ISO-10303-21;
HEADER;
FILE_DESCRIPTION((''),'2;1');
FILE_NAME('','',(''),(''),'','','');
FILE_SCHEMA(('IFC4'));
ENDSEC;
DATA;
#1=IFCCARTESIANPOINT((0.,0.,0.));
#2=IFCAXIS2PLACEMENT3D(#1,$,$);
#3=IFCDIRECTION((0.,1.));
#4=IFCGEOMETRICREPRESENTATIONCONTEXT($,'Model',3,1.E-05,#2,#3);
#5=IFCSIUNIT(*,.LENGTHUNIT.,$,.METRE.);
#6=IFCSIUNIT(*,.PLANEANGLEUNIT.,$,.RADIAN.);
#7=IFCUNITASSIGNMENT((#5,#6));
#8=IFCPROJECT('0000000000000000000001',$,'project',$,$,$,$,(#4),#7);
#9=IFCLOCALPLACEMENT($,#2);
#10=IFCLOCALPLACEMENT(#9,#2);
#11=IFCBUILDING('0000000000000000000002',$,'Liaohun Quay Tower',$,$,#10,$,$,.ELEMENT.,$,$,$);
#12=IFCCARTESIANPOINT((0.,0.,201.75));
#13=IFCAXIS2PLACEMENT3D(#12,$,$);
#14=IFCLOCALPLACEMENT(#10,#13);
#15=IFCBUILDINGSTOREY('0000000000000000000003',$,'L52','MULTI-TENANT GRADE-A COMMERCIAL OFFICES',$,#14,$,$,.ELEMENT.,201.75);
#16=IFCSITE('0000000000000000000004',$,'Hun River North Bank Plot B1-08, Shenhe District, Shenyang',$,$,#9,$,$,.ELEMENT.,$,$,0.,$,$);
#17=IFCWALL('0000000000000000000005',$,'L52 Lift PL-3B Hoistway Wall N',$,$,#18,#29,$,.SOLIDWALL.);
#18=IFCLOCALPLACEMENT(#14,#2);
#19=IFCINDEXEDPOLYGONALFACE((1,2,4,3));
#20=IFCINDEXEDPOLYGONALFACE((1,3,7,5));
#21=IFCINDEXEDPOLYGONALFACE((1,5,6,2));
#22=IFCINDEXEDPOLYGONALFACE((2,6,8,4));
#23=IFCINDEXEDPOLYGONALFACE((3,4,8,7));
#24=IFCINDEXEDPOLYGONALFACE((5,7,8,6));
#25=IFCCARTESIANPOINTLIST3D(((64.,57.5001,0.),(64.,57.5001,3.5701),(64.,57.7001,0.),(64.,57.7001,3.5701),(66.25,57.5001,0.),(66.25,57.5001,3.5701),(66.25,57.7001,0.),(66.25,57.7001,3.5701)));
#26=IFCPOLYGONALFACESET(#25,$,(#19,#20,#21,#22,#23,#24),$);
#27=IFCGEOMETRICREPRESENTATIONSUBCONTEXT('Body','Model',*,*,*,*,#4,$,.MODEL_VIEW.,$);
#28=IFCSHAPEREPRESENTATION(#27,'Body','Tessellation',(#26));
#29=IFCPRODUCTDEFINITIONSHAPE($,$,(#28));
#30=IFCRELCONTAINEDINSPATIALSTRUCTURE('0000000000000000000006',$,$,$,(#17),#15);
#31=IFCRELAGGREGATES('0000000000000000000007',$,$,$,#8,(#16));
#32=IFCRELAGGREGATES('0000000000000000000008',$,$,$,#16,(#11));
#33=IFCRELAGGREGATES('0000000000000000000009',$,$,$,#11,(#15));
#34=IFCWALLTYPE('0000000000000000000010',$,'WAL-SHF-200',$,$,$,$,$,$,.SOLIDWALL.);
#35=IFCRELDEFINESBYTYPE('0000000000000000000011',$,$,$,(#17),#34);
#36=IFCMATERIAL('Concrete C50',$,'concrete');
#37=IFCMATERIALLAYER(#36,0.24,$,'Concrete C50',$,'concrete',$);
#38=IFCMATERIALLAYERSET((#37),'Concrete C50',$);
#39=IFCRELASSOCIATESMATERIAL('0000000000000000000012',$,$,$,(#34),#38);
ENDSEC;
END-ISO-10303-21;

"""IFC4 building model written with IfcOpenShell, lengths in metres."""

from ifc_helpers import new_model, si_unit, direction, frame, frame_2d, origin, place, context, subcontext, project, spatial, rectangle, extrude, material, layer, layer_set, type_object, element, save


model = new_model("IFC4")

# Units and contexts
model_context = context("Model", 3, precision=1e-05, world=origin(), true_north=direction((0.0, 1.0)))
body_context = subcontext(model_context, "Body", "Model", "MODEL_VIEW")
ifc_project = project(units=[si_unit("LENGTHUNIT", "METRE"), si_unit("PLANEANGLEUNIT", "RADIAN")], contexts=[model_context])

# Site, building, storey
site_placement = place(None, origin())
site = spatial("IfcSite", under=ifc_project, at=site_placement, Name="Hun River North Bank Plot B1-08, Shenhe District, Shenyang", CompositionType="ELEMENT", RefElevation=0.0)
building_placement = place(site_placement, origin())
building = spatial("IfcBuilding", under=site, at=building_placement, Name="Liaohun Quay Tower", CompositionType="ELEMENT")
storey_placement = place(building_placement, frame((0.0, 0.0, 201.75)))
storey = spatial("IfcBuildingStorey", under=building, at=storey_placement, Name="L52", Description="MULTI-TENANT GRADE-A COMMERCIAL OFFICES", CompositionType="ELEMENT", Elevation=201.75)

# Wall
ifc_material_1 = material(Name="Concrete C50", Category="concrete")
ifc_layer_1 = layer(ifc_material_1, 0.24, Name="Concrete C50", Category="concrete")
ifc_layer_set_1 = layer_set([ifc_layer_1], Name="Concrete C50")
wall_type_1 = type_object("IfcWallType", Name="WAL-SHF-200", PredefinedType="SOLIDWALL", material=ifc_layer_set_1)
wall_1_placement = place(storey_placement, frame((66.25, 57.6001, 0.0), z_axis=(0.0, 0.0, 1.0), x_axis=(-1.0, 0.0, 0.0)))
element("IfcWall", 1, at=wall_1_placement, inside=storey, type_object=wall_type_1, Name="L52 Lift PL-3B Hoistway Wall N", PredefinedType="SOLIDWALL", context=body_context, shape_type="SweptSolid", body=[
    extrude(rectangle(XDim=2.25, YDim=0.2, at=frame_2d((1.125, 0.0))), origin(), (0.0, 0.0, 1.0), 3.5701),
])

save(model, "model.ifc")
